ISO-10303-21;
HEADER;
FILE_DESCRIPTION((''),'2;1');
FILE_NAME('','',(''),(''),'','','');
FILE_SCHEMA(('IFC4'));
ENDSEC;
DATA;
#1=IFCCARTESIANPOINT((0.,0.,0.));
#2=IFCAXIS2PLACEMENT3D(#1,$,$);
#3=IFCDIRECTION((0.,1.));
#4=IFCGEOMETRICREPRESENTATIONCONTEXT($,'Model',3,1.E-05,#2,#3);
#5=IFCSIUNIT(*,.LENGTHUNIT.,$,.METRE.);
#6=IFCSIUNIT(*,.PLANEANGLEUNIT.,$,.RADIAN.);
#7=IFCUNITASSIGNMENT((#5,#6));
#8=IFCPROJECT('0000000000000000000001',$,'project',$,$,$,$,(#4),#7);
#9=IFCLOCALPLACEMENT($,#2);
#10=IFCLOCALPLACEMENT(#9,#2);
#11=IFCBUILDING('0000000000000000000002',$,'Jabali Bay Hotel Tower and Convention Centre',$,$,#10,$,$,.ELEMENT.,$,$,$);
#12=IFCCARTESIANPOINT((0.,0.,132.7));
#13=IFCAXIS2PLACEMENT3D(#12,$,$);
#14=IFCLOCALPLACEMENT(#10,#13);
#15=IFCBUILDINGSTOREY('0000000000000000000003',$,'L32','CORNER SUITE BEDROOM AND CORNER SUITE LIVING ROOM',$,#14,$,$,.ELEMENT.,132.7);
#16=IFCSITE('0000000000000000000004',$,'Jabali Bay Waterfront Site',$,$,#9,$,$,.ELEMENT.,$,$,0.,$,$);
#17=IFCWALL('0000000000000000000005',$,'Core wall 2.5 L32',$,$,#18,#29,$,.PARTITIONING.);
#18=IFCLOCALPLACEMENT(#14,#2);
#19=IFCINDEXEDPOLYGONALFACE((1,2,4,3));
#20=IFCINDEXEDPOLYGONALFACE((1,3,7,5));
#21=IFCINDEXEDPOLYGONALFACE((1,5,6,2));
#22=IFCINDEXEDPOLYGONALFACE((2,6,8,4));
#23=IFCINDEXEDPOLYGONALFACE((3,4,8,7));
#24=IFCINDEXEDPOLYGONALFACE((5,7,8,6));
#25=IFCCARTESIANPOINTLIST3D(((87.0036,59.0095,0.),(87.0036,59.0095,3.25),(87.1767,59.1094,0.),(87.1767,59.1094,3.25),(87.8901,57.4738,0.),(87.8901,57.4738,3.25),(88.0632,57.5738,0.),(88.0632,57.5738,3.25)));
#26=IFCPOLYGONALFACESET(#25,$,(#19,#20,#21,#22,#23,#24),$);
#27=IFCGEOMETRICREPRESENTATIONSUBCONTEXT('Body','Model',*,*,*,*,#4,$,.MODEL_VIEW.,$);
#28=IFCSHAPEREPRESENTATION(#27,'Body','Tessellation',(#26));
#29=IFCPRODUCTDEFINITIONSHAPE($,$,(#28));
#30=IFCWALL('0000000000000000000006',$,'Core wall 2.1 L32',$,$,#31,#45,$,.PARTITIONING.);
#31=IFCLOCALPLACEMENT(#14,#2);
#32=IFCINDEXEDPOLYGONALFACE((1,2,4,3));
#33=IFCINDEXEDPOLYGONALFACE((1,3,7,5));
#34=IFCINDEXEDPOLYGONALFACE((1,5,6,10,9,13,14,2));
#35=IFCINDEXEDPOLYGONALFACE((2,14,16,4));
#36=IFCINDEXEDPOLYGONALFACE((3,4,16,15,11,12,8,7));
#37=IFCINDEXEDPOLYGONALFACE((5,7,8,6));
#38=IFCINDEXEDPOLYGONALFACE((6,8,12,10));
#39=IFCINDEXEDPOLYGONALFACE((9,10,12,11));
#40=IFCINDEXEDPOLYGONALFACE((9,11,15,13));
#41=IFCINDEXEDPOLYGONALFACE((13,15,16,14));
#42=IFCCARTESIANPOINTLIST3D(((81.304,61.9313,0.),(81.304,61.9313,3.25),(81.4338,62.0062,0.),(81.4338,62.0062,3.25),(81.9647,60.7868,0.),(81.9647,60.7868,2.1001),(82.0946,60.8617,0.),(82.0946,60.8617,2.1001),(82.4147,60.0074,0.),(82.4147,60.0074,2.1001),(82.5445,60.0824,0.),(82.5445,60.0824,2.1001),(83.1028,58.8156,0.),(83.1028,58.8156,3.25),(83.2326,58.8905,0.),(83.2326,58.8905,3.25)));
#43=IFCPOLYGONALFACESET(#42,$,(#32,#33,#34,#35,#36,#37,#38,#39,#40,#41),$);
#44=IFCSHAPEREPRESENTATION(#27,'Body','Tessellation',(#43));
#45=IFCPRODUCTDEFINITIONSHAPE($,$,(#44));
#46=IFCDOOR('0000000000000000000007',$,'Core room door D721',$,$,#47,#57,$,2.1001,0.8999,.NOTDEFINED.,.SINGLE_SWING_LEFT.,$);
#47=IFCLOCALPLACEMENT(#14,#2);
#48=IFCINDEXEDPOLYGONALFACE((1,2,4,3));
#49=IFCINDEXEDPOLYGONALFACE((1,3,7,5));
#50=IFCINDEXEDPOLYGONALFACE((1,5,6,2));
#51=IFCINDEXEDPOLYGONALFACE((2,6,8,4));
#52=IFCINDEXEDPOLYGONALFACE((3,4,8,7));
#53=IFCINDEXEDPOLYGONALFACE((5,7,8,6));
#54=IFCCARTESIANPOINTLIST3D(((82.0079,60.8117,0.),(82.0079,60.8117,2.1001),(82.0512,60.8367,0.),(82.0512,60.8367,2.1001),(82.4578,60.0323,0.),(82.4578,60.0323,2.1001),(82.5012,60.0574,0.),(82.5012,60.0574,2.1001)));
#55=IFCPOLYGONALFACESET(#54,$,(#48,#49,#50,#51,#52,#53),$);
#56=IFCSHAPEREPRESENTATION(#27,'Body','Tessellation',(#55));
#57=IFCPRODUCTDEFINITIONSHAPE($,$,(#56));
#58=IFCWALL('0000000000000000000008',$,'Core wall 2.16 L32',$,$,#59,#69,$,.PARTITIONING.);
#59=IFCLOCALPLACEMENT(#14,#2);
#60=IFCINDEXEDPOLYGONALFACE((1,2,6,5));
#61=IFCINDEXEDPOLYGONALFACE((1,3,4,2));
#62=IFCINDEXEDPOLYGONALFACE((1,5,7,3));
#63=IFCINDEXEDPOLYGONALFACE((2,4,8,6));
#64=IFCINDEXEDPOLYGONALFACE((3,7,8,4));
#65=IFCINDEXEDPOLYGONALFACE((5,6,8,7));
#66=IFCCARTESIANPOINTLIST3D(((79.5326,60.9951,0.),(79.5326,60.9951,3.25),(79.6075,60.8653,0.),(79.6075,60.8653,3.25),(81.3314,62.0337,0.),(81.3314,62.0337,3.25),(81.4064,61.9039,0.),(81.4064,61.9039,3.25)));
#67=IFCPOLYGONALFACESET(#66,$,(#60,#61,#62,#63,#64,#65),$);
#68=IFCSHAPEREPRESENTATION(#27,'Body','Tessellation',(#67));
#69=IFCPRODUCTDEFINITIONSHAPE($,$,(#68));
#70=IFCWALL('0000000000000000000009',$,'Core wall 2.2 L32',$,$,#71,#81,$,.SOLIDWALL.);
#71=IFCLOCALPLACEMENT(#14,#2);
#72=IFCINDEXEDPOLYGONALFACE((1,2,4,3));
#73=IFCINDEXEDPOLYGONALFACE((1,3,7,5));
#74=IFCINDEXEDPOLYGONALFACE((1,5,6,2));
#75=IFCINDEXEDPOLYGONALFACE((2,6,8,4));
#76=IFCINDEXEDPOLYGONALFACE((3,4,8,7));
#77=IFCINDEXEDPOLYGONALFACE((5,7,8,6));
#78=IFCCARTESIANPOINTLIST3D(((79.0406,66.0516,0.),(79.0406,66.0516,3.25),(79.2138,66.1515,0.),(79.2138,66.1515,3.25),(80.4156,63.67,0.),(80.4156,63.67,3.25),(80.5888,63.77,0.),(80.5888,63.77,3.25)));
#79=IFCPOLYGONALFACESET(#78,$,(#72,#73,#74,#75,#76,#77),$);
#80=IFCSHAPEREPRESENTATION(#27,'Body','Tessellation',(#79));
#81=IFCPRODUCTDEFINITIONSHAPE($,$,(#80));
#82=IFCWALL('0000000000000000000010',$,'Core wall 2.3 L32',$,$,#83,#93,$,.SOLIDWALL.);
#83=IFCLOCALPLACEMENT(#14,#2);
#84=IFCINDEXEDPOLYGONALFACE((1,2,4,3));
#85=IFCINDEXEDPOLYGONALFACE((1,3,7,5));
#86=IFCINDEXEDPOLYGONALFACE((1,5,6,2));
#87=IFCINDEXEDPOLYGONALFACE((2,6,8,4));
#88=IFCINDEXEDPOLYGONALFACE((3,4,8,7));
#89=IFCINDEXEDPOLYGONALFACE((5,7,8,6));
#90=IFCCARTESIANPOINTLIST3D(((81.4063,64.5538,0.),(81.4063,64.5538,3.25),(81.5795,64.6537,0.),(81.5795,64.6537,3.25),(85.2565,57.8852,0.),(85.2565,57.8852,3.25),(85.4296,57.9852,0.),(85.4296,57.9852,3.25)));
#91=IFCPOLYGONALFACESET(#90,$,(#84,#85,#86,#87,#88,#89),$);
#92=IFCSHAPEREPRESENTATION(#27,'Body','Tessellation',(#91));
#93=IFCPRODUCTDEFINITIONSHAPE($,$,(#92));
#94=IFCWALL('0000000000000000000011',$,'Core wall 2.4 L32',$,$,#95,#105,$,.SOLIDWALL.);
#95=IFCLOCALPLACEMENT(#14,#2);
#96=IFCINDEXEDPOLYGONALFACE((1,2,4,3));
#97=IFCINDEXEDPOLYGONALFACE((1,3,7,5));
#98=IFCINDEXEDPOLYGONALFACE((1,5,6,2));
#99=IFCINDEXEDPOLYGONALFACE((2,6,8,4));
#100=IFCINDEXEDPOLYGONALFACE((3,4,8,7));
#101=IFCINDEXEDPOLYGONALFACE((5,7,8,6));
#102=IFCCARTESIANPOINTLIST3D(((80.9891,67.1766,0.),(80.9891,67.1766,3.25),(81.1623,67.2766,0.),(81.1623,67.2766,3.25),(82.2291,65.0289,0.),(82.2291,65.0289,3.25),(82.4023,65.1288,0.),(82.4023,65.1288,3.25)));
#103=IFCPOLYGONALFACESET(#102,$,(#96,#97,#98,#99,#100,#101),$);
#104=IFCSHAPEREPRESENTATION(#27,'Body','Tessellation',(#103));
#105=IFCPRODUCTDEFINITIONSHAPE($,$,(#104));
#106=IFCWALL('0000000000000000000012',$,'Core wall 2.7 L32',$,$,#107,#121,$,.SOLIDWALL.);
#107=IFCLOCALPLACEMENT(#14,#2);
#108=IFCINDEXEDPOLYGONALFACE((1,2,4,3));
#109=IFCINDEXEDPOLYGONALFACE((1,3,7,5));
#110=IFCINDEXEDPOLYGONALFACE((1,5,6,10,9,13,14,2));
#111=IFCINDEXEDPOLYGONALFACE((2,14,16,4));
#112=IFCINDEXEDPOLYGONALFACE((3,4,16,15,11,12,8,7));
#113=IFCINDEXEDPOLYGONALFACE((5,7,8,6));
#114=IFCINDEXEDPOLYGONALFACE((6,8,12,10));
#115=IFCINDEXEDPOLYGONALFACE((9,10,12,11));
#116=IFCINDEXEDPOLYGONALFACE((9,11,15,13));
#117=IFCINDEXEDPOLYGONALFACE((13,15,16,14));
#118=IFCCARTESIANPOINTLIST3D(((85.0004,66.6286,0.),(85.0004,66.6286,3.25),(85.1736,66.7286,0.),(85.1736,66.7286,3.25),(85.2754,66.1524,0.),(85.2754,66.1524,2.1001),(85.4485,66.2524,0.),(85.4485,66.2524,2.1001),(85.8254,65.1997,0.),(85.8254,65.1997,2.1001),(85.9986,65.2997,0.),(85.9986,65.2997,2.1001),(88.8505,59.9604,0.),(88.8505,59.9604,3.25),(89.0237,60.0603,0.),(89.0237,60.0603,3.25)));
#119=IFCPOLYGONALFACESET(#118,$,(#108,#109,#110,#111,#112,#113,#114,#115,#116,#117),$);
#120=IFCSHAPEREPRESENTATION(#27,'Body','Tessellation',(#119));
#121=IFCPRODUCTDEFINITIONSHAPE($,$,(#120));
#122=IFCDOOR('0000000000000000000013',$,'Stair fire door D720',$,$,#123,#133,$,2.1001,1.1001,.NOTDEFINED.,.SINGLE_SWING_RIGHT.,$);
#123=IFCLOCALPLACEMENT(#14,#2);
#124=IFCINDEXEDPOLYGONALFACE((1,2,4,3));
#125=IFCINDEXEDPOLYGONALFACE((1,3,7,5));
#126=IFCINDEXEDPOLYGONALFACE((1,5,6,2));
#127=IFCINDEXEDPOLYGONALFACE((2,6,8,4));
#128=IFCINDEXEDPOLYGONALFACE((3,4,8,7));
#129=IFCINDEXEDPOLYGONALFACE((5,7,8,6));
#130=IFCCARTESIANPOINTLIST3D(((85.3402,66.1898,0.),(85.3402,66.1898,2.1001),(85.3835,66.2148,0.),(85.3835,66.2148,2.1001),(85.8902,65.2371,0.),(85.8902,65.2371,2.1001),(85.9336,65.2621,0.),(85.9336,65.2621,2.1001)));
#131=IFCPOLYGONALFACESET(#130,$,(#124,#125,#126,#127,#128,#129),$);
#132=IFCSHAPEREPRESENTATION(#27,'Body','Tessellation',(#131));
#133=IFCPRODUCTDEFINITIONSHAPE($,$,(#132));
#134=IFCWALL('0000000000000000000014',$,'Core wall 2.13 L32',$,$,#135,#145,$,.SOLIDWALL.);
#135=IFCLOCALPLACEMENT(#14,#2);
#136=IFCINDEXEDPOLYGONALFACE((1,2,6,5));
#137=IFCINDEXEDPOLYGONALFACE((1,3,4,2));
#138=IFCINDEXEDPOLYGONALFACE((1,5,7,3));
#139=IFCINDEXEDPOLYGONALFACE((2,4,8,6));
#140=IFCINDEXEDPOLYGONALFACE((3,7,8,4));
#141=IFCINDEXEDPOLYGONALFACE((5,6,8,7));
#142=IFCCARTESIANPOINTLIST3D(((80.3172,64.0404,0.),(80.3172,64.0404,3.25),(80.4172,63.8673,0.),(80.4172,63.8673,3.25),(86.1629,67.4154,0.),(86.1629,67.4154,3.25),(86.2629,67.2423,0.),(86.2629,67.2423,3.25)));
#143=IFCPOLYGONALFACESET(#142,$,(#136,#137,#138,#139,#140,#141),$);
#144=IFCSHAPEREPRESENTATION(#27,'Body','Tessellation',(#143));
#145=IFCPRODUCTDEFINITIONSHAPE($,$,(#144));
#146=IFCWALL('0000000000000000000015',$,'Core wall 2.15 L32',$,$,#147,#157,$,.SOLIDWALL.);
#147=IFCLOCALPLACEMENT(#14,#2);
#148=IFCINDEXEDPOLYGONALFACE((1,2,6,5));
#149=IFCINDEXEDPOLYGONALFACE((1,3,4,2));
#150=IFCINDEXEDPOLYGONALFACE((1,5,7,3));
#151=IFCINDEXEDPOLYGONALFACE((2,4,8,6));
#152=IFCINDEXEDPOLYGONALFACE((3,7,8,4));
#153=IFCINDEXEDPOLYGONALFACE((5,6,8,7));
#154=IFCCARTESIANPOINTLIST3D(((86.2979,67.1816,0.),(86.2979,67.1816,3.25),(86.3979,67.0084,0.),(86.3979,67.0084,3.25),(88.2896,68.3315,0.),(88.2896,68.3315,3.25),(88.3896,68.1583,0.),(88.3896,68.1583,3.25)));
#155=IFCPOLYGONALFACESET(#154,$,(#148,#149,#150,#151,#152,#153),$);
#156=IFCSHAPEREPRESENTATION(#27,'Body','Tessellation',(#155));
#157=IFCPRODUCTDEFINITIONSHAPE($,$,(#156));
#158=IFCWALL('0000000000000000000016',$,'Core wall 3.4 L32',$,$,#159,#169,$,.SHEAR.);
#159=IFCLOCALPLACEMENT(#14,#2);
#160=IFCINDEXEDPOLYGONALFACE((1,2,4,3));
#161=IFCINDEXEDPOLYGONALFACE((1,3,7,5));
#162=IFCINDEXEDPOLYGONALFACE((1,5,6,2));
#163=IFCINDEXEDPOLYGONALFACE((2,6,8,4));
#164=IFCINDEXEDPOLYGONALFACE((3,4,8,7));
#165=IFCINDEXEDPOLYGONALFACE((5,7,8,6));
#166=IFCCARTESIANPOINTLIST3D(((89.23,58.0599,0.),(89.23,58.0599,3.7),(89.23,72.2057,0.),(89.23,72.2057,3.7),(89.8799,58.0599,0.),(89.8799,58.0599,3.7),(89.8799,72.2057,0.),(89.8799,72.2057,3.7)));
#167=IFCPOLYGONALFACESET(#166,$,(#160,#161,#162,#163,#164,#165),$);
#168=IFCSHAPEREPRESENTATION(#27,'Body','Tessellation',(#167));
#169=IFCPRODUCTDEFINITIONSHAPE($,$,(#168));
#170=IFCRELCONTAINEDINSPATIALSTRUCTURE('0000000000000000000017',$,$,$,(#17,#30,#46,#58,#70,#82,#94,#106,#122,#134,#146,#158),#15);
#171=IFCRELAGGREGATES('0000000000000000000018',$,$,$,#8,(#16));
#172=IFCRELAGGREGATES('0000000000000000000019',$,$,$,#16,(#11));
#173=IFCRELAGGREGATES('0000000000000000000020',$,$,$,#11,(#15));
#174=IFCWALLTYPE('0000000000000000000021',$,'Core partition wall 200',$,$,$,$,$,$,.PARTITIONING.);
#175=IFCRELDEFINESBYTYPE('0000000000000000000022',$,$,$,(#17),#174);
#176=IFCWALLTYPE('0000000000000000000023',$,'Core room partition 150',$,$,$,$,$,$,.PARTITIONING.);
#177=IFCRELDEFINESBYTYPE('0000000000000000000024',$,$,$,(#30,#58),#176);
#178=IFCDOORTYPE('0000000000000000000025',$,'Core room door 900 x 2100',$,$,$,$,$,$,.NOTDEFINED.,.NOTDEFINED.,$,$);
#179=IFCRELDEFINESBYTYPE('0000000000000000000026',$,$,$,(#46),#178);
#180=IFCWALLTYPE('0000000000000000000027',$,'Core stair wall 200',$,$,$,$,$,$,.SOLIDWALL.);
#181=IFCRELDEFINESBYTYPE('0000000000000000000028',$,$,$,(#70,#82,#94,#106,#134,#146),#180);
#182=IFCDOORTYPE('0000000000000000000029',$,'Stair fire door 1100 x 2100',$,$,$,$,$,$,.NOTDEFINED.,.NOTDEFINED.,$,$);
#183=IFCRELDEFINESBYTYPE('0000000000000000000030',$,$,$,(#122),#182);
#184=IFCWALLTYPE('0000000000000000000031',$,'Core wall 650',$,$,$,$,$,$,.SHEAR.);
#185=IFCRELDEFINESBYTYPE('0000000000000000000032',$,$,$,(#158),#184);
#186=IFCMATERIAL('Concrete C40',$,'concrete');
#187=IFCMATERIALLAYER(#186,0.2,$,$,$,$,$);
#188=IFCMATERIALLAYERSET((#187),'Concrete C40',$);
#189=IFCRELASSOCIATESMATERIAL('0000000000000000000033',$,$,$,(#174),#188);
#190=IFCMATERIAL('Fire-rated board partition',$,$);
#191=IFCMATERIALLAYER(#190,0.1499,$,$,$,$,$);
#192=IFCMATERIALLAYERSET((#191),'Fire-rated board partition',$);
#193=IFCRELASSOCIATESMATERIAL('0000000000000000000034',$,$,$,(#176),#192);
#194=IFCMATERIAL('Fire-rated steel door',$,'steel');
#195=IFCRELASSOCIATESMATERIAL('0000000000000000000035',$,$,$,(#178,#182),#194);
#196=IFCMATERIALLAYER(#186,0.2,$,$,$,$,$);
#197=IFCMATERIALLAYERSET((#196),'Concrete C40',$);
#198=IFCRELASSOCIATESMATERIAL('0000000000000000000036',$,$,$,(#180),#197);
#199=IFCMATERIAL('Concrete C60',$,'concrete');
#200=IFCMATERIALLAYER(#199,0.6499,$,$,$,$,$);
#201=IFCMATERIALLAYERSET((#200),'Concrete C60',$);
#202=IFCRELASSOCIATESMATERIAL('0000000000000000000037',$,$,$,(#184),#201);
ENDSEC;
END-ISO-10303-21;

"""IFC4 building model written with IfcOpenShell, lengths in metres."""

from ifc_helpers import new_model, si_unit, direction, frame, frame_2d, origin, place, context, subcontext, project, spatial, rectangle, extrude, material, layer, layer_set, type_object, element, fill, save


model = new_model("IFC4")

# Units and contexts
model_context = context("Model", 3, precision=1e-05, world=origin(), true_north=direction((0.0, 1.0)))
body_context = subcontext(model_context, "Body", "Model", "MODEL_VIEW")
ifc_project = project(units=[si_unit("LENGTHUNIT", "METRE"), si_unit("PLANEANGLEUNIT", "RADIAN")], contexts=[model_context])

# Site, building, storey
site_placement = place(None, origin())
site = spatial("IfcSite", under=ifc_project, at=site_placement, Name="Jabali Bay Waterfront Site", CompositionType="ELEMENT", RefElevation=0.0)
building_placement = place(site_placement, origin())
building = spatial("IfcBuilding", under=site, at=building_placement, Name="Jabali Bay Hotel Tower and Convention Centre", CompositionType="ELEMENT")
storey_placement = place(building_placement, frame((0.0, 0.0, 132.7)))
storey = spatial("IfcBuildingStorey", under=building, at=storey_placement, Name="L32", Description="CORNER SUITE BEDROOM AND CORNER SUITE LIVING ROOM", CompositionType="ELEMENT", Elevation=132.7)

# Wall
ifc_material_1 = material(Name="Concrete C40", Category="concrete")
ifc_layer_1 = layer(ifc_material_1, 0.2)
ifc_layer_set_1 = layer_set([ifc_layer_1], Name="Concrete C40")
wall_type_1 = type_object("IfcWallType", Name="Core partition wall 200", PredefinedType="PARTITIONING", material=ifc_layer_set_1)
wall_1_placement = place(storey_placement, frame((87.0901, 59.0596, 0.0), z_axis=(0.0, 0.0, 1.0), x_axis=(0.499945, -0.866057, 0.0)))
element("IfcWall", 1, at=wall_1_placement, inside=storey, type_object=wall_type_1, Name="Core wall 2.5 L32", PredefinedType="PARTITIONING", context=body_context, shape_type="SweptSolid", body=[
    extrude(rectangle(XDim=1.7732, YDim=0.2, at=frame_2d((0.8867, 0.0))), origin(), (0.0, 0.0, 1.0), 3.25),
])

# Wall, opening, door
ifc_material_2 = material(Name="Fire-rated board partition")
ifc_layer_2 = layer(ifc_material_2, 0.1499)
ifc_layer_set_2 = layer_set([ifc_layer_2], Name="Fire-rated board partition")
wall_type_2 = type_object("IfcWallType", Name="Core room partition 150", PredefinedType="PARTITIONING", material=ifc_layer_set_2)
wall_2_placement = place(storey_placement, frame((81.3689, 61.9688, 0.0), z_axis=(0.0, 0.0, 1.0), x_axis=(0.499993, -0.86603, 0.0)))
wall_2 = element("IfcWall", 2, at=wall_2_placement, inside=storey, type_object=wall_type_2, Name="Core wall 2.1 L32", PredefinedType="PARTITIONING", context=body_context, shape_type="SweptSolid", body=[
    extrude(rectangle(XDim=3.5977, YDim=0.1499, at=frame_2d((1.7988, 0.0))), origin(), (0.0, 0.0, 1.0), 3.25),
])
opening_1_placement = place(wall_2_placement, frame((1.3215, 0.0, 0.0)))
opening_1 = element("IfcOpeningElement", 3, at=opening_1_placement, cuts=wall_2, PredefinedType="OPENING", context=body_context, shape_type="SweptSolid", body=[
    extrude(rectangle(XDim=0.8999, YDim=2.1001, at=frame_2d((0.45, 1.05))), frame((0.0, 0.0854, 0.0), z_axis=(0.0, -1.0, 0.0), x_axis=(1.0, 0.0, 0.0)), (0.0, 0.0, 1.0), 0.1709),
])
ifc_material_3 = material(Name="Fire-rated steel door", Category="steel")
door_type_1 = type_object("IfcDoorType", Name="Core room door 900 x 2100", OperationType="NOTDEFINED", PredefinedType="NOTDEFINED", material=ifc_material_3)
door_1_placement = place(opening_1_placement, origin())
door_1 = element("IfcDoor", 4, at=door_1_placement, inside=storey, type_object=door_type_1, Name="Core room door D721", OperationType="SINGLE_SWING_LEFT", OverallHeight=2.1001, OverallWidth=0.8999, PredefinedType="NOTDEFINED", context=body_context, shape_type="SweptSolid", body=[
    extrude(rectangle(XDim=0.8999, YDim=2.1001, at=frame_2d((0.45, 1.05))), frame((0.0, 0.0249, 0.0), z_axis=(0.0, -1.0, 0.0), x_axis=(1.0, 0.0, 0.0)), (0.0, 0.0, 1.0), 0.05),
])
fill(opening_1, door_1)

# Walls
wall_3_placement = place(storey_placement, frame((79.5701, 60.9302, 0.0), z_axis=(0.0, 0.0, 1.0), x_axis=(0.866021, 0.500007, 0.0)))
element("IfcWall", 5, at=wall_3_placement, inside=storey, type_object=wall_type_2, Name="Core wall 2.16 L32", PredefinedType="PARTITIONING", context=body_context, shape_type="SweptSolid", body=[
    extrude(rectangle(XDim=2.0771, YDim=0.1499, at=frame_2d((1.0386, 0.0))), origin(), (0.0, 0.0, 1.0), 3.25),
])
ifc_layer_3 = layer(ifc_material_1, 0.2)
ifc_layer_set_3 = layer_set([ifc_layer_3], Name="Concrete C40")
wall_type_3 = type_object("IfcWallType", Name="Core stair wall 200", PredefinedType="SOLIDWALL", material=ifc_layer_set_3)
wall_4_placement = place(storey_placement, frame((79.1272, 66.1016, 0.0), z_axis=(0.0, 0.0, 1.0), x_axis=(0.499997, -0.866027, 0.0)))
element("IfcWall", 6, at=wall_4_placement, inside=storey, type_object=wall_type_3, Name="Core wall 2.2 L32", PredefinedType="SOLIDWALL", context=body_context, shape_type="SweptSolid", body=[
    extrude(rectangle(XDim=2.75, YDim=0.2, at=frame_2d((1.375, 0.0))), origin(), (0.0, 0.0, 1.0), 3.25),
])
wall_5_placement = place(storey_placement, frame((81.4929, 64.6038, 0.0), z_axis=(0.0, 0.0, 1.0), x_axis=(0.500006, -0.866022, 0.0)))
element("IfcWall", 7, at=wall_5_placement, inside=storey, type_object=wall_type_3, Name="Core wall 2.3 L32", PredefinedType="SOLIDWALL", context=body_context, shape_type="SweptSolid", body=[
    extrude(rectangle(XDim=7.7002, YDim=0.2, at=frame_2d((3.8501, 0.0))), origin(), (0.0, 0.0, 1.0), 3.25),
])
wall_6_placement = place(storey_placement, frame((81.0757, 67.2266, 0.0), z_axis=(0.0, 0.0, 1.0), x_axis=(0.500004, -0.866023, 0.0)))
element("IfcWall", 8, at=wall_6_placement, inside=storey, type_object=wall_type_3, Name="Core wall 2.4 L32", PredefinedType="SOLIDWALL", context=body_context, shape_type="SweptSolid", body=[
    extrude(rectangle(XDim=2.48, YDim=0.2, at=frame_2d((1.24, 0.0))), origin(), (0.0, 0.0, 1.0), 3.25),
])

# Wall, opening, door
wall_7_placement = place(storey_placement, frame((85.0869, 66.6787, 0.0), z_axis=(0.0, 0.0, 1.0), x_axis=(0.50002, -0.866014, 0.0)))
wall_7 = element("IfcWall", 9, at=wall_7_placement, inside=storey, type_object=wall_type_3, Name="Core wall 2.7 L32", PredefinedType="SOLIDWALL", context=body_context, shape_type="SweptSolid", body=[
    extrude(rectangle(XDim=7.7, YDim=0.2, at=frame_2d((3.8501, 0.0))), origin(), (0.0, 0.0, 1.0), 3.25),
])
opening_2_placement = place(wall_7_placement, frame((0.55, 0.0, 0.0)))
opening_2 = element("IfcOpeningElement", 10, at=opening_2_placement, cuts=wall_7, PredefinedType="OPENING", context=body_context, shape_type="SweptSolid", body=[
    extrude(rectangle(XDim=1.1001, YDim=2.1001, at=frame_2d((0.55, 1.05))), frame((0.0, 0.1104, 0.0), z_axis=(0.0, -1.0, 0.0), x_axis=(1.0, 0.0, 0.0)), (0.0, 0.0, 1.0), 0.2209),
])
door_type_2 = type_object("IfcDoorType", Name="Stair fire door 1100 x 2100", OperationType="NOTDEFINED", PredefinedType="NOTDEFINED", material=ifc_material_3)
door_2_placement = place(opening_2_placement, origin())
door_2 = element("IfcDoor", 11, at=door_2_placement, inside=storey, type_object=door_type_2, Name="Stair fire door D720", OperationType="SINGLE_SWING_RIGHT", OverallHeight=2.1001, OverallWidth=1.1001, PredefinedType="NOTDEFINED", context=body_context, shape_type="SweptSolid", body=[
    extrude(rectangle(XDim=1.1001, YDim=2.1001, at=frame_2d((0.55, 1.05))), frame((0.0, 0.0249, 0.0), z_axis=(0.0, -1.0, 0.0), x_axis=(1.0, 0.0, 0.0)), (0.0, 0.0, 1.0), 0.05),
])
fill(opening_2, door_2)

# Walls
wall_8_placement = place(storey_placement, frame((80.3672, 63.9539, 0.0), z_axis=(0.0, 0.0, 1.0), x_axis=(0.866027, 0.499998, 0.0)))
element("IfcWall", 12, at=wall_8_placement, inside=storey, type_object=wall_type_3, Name="Core wall 2.13 L32", PredefinedType="SOLIDWALL", context=body_context, shape_type="SweptSolid", body=[
    extrude(rectangle(XDim=6.75, YDim=0.2, at=frame_2d((3.375, 0.0))), origin(), (0.0, 0.0, 1.0), 3.25),
])
wall_9_placement = place(storey_placement, frame((86.3479, 67.095, 0.0), z_axis=(0.0, 0.0, 1.0), x_axis=(0.866026, 0.499998, 0.0)))
element("IfcWall", 13, at=wall_9_placement, inside=storey, type_object=wall_type_3, Name="Core wall 2.15 L32", PredefinedType="SOLIDWALL", context=body_context, shape_type="SweptSolid", body=[
    extrude(rectangle(XDim=2.2998, YDim=0.2, at=frame_2d((1.1499, 0.0))), origin(), (0.0, 0.0, 1.0), 3.25),
])
ifc_material_4 = material(Name="Concrete C60", Category="concrete")
ifc_layer_4 = layer(ifc_material_4, 0.6499)
ifc_layer_set_4 = layer_set([ifc_layer_4], Name="Concrete C60")
wall_type_4 = type_object("IfcWallType", Name="Core wall 650", PredefinedType="SHEAR", material=ifc_layer_set_4)
wall_10_placement = place(storey_placement, frame((89.5549, 58.0601, 0.0), z_axis=(0.0, 0.0, 1.0), x_axis=(0.0, 1.0, 0.0)))
element("IfcWall", 14, at=wall_10_placement, inside=storey, type_object=wall_type_4, Name="Core wall 3.4 L32", PredefinedType="SHEAR", context=body_context, shape_type="SweptSolid", body=[
    extrude(rectangle(XDim=14.1458, YDim=0.6499, at=frame_2d((7.0728, 0.0))), origin(), (0.0, 0.0, 1.0), 3.7),
])

save(model, "model.ifc")
